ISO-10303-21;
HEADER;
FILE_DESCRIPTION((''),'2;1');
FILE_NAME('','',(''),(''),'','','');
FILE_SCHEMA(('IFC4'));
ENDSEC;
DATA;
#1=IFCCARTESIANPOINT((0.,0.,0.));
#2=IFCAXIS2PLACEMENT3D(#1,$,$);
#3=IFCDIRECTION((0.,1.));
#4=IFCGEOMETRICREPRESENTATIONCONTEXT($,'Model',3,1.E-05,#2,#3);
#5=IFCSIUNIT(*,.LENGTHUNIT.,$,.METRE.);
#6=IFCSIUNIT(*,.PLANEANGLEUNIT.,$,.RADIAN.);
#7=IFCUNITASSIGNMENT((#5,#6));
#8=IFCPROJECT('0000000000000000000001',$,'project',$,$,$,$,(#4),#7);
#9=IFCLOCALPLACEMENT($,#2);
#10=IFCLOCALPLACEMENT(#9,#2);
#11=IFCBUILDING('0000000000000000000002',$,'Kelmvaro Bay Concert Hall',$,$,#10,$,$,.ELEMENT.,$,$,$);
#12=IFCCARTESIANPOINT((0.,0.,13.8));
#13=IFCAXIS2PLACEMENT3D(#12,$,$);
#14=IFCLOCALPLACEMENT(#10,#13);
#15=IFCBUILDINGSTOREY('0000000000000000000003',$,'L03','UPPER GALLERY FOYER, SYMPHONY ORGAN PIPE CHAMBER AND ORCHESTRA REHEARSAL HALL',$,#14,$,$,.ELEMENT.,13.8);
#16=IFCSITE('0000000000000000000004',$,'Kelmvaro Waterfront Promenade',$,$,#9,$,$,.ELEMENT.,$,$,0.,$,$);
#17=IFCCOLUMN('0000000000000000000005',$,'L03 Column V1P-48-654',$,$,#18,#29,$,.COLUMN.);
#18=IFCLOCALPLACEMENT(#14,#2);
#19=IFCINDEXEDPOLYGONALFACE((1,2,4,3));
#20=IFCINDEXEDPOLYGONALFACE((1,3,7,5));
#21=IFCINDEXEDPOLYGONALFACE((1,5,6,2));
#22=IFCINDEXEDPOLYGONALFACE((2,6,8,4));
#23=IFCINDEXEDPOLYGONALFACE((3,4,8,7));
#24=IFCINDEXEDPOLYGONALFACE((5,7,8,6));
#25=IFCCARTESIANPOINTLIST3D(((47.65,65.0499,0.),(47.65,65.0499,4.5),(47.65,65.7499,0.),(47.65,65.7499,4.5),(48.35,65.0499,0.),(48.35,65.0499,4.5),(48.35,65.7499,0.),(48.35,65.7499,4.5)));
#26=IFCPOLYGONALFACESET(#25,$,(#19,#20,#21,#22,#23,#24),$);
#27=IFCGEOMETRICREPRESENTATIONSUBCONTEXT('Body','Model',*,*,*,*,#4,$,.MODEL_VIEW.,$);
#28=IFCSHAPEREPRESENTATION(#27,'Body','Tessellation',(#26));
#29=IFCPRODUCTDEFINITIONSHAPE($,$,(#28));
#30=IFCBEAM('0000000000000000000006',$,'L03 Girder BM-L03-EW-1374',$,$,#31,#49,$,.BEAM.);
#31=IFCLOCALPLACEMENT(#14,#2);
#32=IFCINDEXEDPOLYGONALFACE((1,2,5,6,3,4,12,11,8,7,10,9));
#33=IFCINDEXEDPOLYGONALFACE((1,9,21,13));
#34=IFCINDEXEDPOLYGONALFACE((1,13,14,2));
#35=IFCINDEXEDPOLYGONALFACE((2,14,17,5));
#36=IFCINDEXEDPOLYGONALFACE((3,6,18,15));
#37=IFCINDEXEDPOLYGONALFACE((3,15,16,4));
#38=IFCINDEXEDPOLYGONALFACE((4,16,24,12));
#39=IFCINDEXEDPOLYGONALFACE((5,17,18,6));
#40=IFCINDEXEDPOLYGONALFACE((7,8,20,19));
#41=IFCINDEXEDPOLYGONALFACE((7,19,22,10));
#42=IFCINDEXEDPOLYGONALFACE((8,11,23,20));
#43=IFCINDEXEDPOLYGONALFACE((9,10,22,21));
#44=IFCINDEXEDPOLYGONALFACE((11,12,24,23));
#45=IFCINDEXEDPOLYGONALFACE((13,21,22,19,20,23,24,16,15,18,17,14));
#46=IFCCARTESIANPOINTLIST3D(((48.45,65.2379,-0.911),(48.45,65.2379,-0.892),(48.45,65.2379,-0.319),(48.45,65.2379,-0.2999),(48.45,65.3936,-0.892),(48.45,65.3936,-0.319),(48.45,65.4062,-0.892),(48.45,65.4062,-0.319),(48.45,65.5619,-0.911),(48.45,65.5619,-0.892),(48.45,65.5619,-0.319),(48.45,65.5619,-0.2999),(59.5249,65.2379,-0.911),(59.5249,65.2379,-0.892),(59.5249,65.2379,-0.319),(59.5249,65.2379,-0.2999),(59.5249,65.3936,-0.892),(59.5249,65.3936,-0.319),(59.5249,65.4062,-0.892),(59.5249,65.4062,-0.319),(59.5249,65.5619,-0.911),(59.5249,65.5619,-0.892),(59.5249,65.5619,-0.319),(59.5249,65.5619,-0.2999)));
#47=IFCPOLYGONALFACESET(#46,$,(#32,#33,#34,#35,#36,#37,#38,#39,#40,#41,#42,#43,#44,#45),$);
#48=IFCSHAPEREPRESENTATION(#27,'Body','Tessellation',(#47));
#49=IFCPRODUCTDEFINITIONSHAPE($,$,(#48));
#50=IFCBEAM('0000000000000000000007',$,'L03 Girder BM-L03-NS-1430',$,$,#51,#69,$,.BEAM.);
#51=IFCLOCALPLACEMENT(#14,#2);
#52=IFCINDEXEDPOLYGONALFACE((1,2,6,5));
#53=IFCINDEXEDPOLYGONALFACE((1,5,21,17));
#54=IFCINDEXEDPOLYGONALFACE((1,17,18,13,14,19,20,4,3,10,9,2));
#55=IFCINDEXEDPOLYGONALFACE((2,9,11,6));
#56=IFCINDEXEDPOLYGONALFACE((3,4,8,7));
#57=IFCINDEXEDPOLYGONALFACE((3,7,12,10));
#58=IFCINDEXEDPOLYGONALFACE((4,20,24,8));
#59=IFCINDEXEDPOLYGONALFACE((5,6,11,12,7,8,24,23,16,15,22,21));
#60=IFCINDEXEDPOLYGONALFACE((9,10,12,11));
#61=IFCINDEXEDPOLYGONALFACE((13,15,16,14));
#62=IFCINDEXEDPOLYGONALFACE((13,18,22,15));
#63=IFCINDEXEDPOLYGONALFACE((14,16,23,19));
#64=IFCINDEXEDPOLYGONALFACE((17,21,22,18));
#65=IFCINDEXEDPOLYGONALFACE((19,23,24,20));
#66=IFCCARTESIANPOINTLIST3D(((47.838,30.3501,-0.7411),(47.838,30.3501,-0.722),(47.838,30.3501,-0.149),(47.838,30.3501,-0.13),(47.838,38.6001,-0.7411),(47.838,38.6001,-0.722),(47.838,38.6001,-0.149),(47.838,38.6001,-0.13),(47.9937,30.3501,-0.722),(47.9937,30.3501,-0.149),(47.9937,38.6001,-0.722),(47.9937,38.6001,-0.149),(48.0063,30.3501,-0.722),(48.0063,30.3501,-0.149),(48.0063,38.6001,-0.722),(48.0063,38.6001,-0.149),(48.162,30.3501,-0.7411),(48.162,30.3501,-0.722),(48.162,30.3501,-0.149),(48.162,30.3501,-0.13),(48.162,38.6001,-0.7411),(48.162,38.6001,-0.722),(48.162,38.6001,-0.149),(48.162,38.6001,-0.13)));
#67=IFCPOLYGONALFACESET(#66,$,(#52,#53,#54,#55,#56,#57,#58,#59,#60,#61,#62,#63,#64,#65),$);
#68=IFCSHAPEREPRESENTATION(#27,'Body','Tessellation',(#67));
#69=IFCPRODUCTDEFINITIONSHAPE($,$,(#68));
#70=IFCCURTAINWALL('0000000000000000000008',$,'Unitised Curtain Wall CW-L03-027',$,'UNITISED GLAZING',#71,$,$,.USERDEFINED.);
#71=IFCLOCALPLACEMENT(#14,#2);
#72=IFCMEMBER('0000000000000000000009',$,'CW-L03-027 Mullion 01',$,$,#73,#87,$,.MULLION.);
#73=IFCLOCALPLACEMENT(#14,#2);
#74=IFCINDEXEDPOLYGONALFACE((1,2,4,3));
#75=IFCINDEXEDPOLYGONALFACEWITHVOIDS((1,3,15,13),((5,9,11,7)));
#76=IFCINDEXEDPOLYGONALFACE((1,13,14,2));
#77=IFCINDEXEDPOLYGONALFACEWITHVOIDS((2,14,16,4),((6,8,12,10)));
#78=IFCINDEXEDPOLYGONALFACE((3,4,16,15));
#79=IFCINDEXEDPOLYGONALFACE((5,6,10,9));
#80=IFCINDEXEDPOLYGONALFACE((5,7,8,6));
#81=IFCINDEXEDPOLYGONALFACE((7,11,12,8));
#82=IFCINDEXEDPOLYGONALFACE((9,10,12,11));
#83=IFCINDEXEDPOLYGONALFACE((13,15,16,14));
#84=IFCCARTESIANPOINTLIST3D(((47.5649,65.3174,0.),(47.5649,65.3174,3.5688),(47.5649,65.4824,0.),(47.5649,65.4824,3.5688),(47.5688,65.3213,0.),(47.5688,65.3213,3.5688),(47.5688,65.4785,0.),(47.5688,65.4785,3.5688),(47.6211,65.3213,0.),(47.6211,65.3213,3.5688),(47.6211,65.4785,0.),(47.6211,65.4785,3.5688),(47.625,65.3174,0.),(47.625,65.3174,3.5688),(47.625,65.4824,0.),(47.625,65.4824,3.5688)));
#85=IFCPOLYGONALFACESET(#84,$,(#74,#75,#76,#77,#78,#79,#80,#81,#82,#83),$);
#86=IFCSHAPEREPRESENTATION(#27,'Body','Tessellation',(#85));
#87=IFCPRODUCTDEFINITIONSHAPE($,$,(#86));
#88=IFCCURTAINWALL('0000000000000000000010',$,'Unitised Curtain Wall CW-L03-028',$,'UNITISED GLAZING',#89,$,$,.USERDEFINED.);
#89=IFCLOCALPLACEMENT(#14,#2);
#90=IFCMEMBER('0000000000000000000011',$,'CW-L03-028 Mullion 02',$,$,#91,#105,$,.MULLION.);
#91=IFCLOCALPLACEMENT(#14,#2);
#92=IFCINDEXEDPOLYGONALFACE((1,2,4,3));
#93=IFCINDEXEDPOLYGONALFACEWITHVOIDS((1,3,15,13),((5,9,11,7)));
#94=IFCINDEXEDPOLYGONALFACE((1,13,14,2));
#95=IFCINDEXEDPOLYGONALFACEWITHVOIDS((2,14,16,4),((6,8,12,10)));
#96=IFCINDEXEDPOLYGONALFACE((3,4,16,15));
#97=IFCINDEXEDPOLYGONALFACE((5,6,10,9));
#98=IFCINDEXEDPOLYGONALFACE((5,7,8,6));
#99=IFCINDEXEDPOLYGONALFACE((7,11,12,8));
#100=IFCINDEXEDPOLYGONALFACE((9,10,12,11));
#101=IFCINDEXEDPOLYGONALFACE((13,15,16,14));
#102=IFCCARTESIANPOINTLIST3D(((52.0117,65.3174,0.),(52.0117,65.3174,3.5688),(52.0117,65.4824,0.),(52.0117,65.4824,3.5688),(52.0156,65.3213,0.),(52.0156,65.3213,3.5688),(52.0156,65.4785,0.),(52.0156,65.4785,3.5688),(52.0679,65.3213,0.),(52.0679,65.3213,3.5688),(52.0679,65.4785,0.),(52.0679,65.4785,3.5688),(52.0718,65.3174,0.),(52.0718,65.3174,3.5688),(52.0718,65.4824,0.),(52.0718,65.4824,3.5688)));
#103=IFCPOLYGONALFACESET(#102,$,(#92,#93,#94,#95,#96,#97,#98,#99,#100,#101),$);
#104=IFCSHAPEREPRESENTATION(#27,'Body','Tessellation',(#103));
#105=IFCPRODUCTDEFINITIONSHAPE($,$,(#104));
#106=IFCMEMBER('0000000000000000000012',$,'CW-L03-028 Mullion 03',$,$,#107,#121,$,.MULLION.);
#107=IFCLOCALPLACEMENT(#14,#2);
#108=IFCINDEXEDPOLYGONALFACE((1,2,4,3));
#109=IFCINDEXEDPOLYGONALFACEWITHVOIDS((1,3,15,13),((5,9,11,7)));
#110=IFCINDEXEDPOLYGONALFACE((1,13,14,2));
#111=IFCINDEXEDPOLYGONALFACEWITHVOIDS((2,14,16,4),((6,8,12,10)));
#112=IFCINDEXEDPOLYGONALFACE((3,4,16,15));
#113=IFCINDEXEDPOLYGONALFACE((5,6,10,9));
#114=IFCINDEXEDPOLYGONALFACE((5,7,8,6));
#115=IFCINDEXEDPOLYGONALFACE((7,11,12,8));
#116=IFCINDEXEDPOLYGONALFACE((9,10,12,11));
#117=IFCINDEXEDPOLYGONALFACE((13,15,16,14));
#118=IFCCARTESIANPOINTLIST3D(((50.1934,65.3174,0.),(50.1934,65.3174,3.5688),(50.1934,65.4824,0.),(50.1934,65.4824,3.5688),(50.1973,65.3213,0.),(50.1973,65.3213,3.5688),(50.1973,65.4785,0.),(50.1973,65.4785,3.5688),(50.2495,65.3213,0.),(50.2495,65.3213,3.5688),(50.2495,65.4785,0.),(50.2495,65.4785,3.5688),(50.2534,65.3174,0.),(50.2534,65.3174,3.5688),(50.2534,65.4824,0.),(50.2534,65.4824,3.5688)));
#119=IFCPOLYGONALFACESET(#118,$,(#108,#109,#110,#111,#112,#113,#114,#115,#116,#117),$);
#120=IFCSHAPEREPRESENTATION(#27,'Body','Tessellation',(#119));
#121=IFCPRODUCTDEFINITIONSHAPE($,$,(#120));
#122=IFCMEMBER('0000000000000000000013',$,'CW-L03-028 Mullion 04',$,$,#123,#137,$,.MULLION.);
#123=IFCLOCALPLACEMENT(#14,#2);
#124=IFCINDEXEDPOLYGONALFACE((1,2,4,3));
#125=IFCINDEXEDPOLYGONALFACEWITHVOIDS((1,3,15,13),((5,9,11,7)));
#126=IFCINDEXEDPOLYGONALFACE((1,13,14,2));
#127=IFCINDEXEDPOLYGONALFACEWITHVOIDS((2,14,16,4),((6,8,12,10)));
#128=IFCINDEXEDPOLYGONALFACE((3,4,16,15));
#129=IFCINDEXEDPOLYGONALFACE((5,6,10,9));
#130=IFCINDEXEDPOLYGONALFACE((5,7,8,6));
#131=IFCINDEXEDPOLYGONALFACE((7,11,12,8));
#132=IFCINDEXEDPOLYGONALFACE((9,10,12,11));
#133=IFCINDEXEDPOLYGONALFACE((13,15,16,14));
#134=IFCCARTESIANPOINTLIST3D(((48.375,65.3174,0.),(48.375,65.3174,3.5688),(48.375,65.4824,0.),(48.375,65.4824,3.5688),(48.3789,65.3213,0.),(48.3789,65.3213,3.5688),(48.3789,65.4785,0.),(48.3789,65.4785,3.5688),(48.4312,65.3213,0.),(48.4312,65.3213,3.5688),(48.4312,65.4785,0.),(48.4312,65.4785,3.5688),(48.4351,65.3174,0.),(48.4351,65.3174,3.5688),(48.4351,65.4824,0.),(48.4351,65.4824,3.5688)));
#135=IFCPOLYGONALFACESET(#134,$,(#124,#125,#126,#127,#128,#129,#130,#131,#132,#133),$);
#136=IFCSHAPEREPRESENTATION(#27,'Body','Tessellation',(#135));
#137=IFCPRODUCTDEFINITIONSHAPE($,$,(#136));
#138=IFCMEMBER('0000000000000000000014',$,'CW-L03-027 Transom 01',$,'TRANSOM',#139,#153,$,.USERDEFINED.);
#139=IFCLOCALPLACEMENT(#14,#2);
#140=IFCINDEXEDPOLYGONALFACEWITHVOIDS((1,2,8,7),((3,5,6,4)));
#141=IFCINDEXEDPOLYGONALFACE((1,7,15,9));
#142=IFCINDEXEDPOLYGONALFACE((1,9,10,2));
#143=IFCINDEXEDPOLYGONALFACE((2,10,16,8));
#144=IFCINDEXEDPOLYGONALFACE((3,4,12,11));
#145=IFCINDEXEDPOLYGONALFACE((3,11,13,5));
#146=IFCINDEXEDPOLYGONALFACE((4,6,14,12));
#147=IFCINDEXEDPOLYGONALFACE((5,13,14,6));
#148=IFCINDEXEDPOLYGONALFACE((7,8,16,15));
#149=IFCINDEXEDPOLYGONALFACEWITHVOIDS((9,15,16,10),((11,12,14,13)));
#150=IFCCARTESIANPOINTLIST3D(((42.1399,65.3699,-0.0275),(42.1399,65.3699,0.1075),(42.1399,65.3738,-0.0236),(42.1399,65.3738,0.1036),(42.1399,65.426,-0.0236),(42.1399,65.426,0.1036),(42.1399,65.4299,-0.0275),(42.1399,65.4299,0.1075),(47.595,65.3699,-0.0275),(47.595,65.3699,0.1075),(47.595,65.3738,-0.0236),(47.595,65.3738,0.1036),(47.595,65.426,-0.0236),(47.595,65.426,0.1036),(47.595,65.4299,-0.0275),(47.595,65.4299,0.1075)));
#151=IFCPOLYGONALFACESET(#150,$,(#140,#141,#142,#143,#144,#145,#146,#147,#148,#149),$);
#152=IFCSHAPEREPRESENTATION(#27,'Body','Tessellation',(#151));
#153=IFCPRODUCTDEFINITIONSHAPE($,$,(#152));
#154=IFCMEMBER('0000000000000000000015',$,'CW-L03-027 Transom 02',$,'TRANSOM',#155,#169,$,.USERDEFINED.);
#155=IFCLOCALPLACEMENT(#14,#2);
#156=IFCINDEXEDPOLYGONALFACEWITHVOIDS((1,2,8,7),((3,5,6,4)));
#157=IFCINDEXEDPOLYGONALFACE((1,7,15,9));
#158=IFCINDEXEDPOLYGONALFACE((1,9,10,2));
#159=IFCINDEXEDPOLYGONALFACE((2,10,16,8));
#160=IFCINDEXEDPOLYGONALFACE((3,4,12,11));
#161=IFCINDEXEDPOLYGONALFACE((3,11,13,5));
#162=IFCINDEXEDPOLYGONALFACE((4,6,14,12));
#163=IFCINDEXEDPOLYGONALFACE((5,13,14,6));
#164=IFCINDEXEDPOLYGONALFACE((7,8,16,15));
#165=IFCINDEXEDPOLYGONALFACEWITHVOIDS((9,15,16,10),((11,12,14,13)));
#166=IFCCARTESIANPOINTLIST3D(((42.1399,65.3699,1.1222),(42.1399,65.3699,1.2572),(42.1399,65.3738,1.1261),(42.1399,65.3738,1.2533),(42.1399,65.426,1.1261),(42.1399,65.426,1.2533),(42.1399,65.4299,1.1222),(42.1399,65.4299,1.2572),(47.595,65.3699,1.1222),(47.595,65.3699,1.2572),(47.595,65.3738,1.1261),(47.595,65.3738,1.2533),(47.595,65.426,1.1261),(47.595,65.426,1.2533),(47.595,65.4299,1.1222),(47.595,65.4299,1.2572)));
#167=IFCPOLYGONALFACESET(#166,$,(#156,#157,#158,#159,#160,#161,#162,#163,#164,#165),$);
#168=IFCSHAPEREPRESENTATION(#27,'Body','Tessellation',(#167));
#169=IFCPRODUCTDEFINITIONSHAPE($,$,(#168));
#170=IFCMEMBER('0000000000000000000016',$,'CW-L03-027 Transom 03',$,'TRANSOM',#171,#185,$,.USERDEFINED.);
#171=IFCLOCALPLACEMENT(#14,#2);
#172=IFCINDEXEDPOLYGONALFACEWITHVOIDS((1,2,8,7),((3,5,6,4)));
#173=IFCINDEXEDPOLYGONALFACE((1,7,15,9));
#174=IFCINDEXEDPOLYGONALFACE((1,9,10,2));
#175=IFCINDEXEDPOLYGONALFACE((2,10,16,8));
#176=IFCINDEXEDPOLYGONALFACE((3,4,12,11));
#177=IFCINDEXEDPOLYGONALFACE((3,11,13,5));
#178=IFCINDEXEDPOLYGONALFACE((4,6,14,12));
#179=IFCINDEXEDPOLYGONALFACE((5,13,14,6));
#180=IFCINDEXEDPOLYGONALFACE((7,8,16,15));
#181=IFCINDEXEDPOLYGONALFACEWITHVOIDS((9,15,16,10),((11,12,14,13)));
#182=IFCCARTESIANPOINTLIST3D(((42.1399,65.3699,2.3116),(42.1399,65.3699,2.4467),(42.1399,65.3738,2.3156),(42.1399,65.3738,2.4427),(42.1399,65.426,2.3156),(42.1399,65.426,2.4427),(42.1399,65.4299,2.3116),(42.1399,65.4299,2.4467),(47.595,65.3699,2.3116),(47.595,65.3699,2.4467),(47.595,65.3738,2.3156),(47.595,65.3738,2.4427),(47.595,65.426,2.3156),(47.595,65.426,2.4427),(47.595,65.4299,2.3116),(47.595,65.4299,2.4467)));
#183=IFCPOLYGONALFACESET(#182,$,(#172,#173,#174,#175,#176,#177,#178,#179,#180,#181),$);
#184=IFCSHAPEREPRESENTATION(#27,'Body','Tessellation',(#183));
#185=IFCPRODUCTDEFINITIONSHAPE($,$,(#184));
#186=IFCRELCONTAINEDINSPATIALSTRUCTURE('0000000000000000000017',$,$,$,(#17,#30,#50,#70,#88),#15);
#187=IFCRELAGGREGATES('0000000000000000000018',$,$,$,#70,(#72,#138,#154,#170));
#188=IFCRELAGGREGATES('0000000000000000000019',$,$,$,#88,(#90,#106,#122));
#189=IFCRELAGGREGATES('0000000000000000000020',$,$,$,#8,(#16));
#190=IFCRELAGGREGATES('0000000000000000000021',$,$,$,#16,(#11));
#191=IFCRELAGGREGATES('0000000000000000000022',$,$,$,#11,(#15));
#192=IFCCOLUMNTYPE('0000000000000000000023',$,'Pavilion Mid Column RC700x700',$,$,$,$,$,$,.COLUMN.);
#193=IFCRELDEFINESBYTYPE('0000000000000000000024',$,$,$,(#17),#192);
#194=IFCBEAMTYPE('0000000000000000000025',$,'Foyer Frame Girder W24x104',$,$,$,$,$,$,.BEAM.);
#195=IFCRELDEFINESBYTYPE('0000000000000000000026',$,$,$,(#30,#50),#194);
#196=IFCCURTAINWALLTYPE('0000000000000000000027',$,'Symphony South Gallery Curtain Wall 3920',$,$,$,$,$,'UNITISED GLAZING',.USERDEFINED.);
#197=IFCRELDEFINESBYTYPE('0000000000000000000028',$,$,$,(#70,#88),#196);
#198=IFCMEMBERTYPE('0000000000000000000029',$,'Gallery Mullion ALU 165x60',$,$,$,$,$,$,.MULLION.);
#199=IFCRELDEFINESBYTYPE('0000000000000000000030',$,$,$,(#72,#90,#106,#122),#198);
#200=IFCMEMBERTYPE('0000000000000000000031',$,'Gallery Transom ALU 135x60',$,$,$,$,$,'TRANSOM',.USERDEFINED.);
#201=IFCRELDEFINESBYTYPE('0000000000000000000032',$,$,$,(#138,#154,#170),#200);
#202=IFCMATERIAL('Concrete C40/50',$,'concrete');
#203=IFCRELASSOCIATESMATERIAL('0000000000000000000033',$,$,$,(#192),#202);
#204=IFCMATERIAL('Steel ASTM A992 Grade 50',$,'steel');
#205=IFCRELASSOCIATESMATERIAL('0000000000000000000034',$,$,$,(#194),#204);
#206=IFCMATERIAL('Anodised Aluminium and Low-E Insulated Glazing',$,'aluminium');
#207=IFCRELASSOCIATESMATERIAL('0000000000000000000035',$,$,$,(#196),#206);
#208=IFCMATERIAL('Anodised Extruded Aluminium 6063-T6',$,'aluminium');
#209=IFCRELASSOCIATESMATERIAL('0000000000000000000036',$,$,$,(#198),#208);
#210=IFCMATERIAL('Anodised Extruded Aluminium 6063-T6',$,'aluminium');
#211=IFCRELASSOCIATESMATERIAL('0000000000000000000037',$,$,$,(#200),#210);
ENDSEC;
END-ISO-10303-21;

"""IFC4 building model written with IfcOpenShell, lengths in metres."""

from ifc_helpers import new_model, si_unit, direction, frame, origin, origin_2d, place, context, subcontext, project, spatial, rectangle, hollow_rectangle, i_section, extrude, material, material_profile, profile_set, type_object, element, aggregate, save


model = new_model("IFC4")

# Units and contexts
model_context = context("Model", 3, precision=1e-05, world=origin(), true_north=direction((0.0, 1.0)))
body_context = subcontext(model_context, "Body", "Model", "MODEL_VIEW")
ifc_project = project(units=[si_unit("LENGTHUNIT", "METRE"), si_unit("PLANEANGLEUNIT", "RADIAN")], contexts=[model_context])

# Site, building, storey
site_placement = place(None, origin())
site = spatial("IfcSite", under=ifc_project, at=site_placement, Name="Kelmvaro Waterfront Promenade", CompositionType="ELEMENT", RefElevation=0.0)
building_placement = place(site_placement, origin())
building = spatial("IfcBuilding", under=site, at=building_placement, Name="Kelmvaro Bay Concert Hall", CompositionType="ELEMENT")
storey_placement = place(building_placement, frame((0.0, 0.0, 13.8)))
storey = spatial("IfcBuildingStorey", under=building, at=storey_placement, Name="L03", Description="UPPER GALLERY FOYER, SYMPHONY ORGAN PIPE CHAMBER AND ORCHESTRA REHEARSAL HALL", CompositionType="ELEMENT", Elevation=13.8)

# Column
ifc_material_1 = material(Name="Concrete C40/50", Category="concrete")
ifc_material_profile_1 = material_profile(ifc_material_1, rectangle(XDim=0.7, YDim=0.7, at=origin_2d()), Name="RC-COL-700X700")
ifc_profile_set_1 = profile_set([ifc_material_profile_1], Name="Concrete C40/50")
column_type = type_object("IfcColumnType", Name="Pavilion Mid Column RC700x700", PredefinedType="COLUMN", material=ifc_profile_set_1)
column_placement = place(storey_placement, frame((48.0, 65.3999, 0.0), z_axis=(0.0, 0.0, 1.0), x_axis=(1.0, 0.0, 0.0)))
element("IfcColumn", 1, at=column_placement, inside=storey, type_object=column_type, Name="L03 Column V1P-48-654", PredefinedType="COLUMN", context=body_context, shape_type="SweptSolid", body=[
    extrude(rectangle(XDim=0.7, YDim=0.7, at=origin_2d()), origin(), (0.0, 0.0, 1.0), 4.5),
])

# Beams
ifc_material_2 = material(Name="Steel ASTM A992 Grade 50", Category="steel")
ifc_material_profile_2 = material_profile(ifc_material_2, i_section(OverallWidth=0.324, OverallDepth=0.6111, WebThickness=0.0127, FlangeThickness=0.019, at=origin_2d()), Name="W24X104")
ifc_profile_set_2 = profile_set([ifc_material_profile_2], Name="Steel ASTM A992 Grade 50")
beam_type_1 = type_object("IfcBeamType", Name="Foyer Frame Girder W24x104", PredefinedType="BEAM", material=ifc_profile_set_2)
beam_1_placement = place(storey_placement, frame((48.45, 65.3999, -0.6055), z_axis=(1.0, 0.0, 0.0), x_axis=(0.0, 1.0, 0.0)))
element("IfcBeam", 2, at=beam_1_placement, inside=storey, type_object=beam_type_1, Name="L03 Girder BM-L03-EW-1374", PredefinedType="BEAM", context=body_context, shape_type="SweptSolid", body=[
    extrude(i_section(OverallWidth=0.324, OverallDepth=0.6111, WebThickness=0.0127, FlangeThickness=0.019, at=origin_2d()), origin(), (0.0, 0.0, 1.0), 11.075),
])
beam_2_placement = place(storey_placement, frame((48.0, 30.3501, -0.4355), z_axis=(0.0, 1.0, 0.0), x_axis=(-1.0, 0.0, 0.0)))
element("IfcBeam", 3, at=beam_2_placement, inside=storey, type_object=beam_type_1, Name="L03 Girder BM-L03-NS-1430", PredefinedType="BEAM", context=body_context, shape_type="SweptSolid", body=[
    extrude(i_section(OverallWidth=0.324, OverallDepth=0.6111, WebThickness=0.0127, FlangeThickness=0.019, at=origin_2d()), origin(), (0.0, 0.0, 1.0), 8.25),
])

# Curtain wall, member
ifc_material_3 = material(Name="Anodised Aluminium and Low-E Insulated Glazing", Category="aluminium")
curtain_wall_type = type_object("IfcCurtainWallType", Name="Symphony South Gallery Curtain Wall 3920", ElementType="UNITISED GLAZING", PredefinedType="USERDEFINED", material=ifc_material_3)
curtain_wall_1_placement = place(storey_placement, origin())
curtain_wall_1 = element("IfcCurtainWall", 4, at=curtain_wall_1_placement, inside=storey, type_object=curtain_wall_type, Name="Unitised Curtain Wall CW-L03-027", ObjectType="UNITISED GLAZING", PredefinedType="USERDEFINED")
ifc_material_4 = material(Name="Anodised Extruded Aluminium 6063-T6", Category="aluminium")
ifc_material_profile_3 = material_profile(ifc_material_4, hollow_rectangle(XDim=0.0601, YDim=0.165, WallThickness=0.0039, at=origin_2d()), Name="ALU-MUL-165X60")
ifc_profile_set_3 = profile_set([ifc_material_profile_3], Name="Anodised Extruded Aluminium 6063-T6")
member_type_1 = type_object("IfcMemberType", Name="Gallery Mullion ALU 165x60", PredefinedType="MULLION", material=ifc_profile_set_3)
member_1_placement = place(storey_placement, frame((47.595, 65.3999, 0.0), z_axis=(0.0, 0.0, 1.0), x_axis=(1.0, 0.0, 0.0)))
member_1 = element("IfcMember", 5, at=member_1_placement, type_object=member_type_1, Name="CW-L03-027 Mullion 01", PredefinedType="MULLION", context=body_context, shape_type="SweptSolid", body=[
    extrude(hollow_rectangle(XDim=0.0601, YDim=0.165, WallThickness=0.0039, at=origin_2d()), origin(), (0.0, 0.0, 1.0), 3.5688),
])

# Curtain wall, members
curtain_wall_2_placement = place(storey_placement, origin())
curtain_wall_2 = element("IfcCurtainWall", 6, at=curtain_wall_2_placement, inside=storey, type_object=curtain_wall_type, Name="Unitised Curtain Wall CW-L03-028", ObjectType="UNITISED GLAZING", PredefinedType="USERDEFINED")
member_2_placement = place(storey_placement, frame((52.0417, 65.3999, 0.0), z_axis=(0.0, 0.0, 1.0), x_axis=(1.0, 0.0, 0.0)))
member_2 = element("IfcMember", 7, at=member_2_placement, type_object=member_type_1, Name="CW-L03-028 Mullion 02", PredefinedType="MULLION", context=body_context, shape_type="SweptSolid", body=[
    extrude(hollow_rectangle(XDim=0.0601, YDim=0.165, WallThickness=0.0039, at=origin_2d()), origin(), (0.0, 0.0, 1.0), 3.5688),
])
member_3_placement = place(storey_placement, frame((50.2234, 65.3999, 0.0), z_axis=(0.0, 0.0, 1.0), x_axis=(1.0, 0.0, 0.0)))
member_3 = element("IfcMember", 8, at=member_3_placement, type_object=member_type_1, Name="CW-L03-028 Mullion 03", PredefinedType="MULLION", context=body_context, shape_type="SweptSolid", body=[
    extrude(hollow_rectangle(XDim=0.0601, YDim=0.165, WallThickness=0.0039, at=origin_2d()), origin(), (0.0, 0.0, 1.0), 3.5688),
])
member_4_placement = place(storey_placement, frame((48.405, 65.3999, 0.0), z_axis=(0.0, 0.0, 1.0), x_axis=(1.0, 0.0, 0.0)))
member_4 = element("IfcMember", 9, at=member_4_placement, type_object=member_type_1, Name="CW-L03-028 Mullion 04", PredefinedType="MULLION", context=body_context, shape_type="SweptSolid", body=[
    extrude(hollow_rectangle(XDim=0.0601, YDim=0.165, WallThickness=0.0039, at=origin_2d()), origin(), (0.0, 0.0, 1.0), 3.5688),
])

# Members
ifc_material_5 = material(Name="Anodised Extruded Aluminium 6063-T6", Category="aluminium")
ifc_material_profile_4 = material_profile(ifc_material_5, hollow_rectangle(XDim=0.0601, YDim=0.135, WallThickness=0.0039, at=origin_2d()), Name="ALU-TRN-135X60")
ifc_profile_set_4 = profile_set([ifc_material_profile_4], Name="Anodised Extruded Aluminium 6063-T6")
member_type_2 = type_object("IfcMemberType", Name="Gallery Transom ALU 135x60", ElementType="TRANSOM", PredefinedType="USERDEFINED", material=ifc_profile_set_4)
member_5_placement = place(storey_placement, frame((47.595, 65.3999, 0.04), z_axis=(-1.0, 0.0, 0.0), x_axis=(0.0, -1.0, 0.0)))
member_5 = element("IfcMember", 10, at=member_5_placement, type_object=member_type_2, Name="CW-L03-027 Transom 01", ObjectType="TRANSOM", PredefinedType="USERDEFINED", context=body_context, shape_type="SweptSolid", body=[
    extrude(hollow_rectangle(XDim=0.0601, YDim=0.135, WallThickness=0.0039, at=origin_2d()), origin(), (0.0, 0.0, 1.0), 5.4551),
])
member_6_placement = place(storey_placement, frame((47.595, 65.3999, 1.1897), z_axis=(-1.0, 0.0, 0.0), x_axis=(0.0, -1.0, 0.0)))
member_6 = element("IfcMember", 11, at=member_6_placement, type_object=member_type_2, Name="CW-L03-027 Transom 02", ObjectType="TRANSOM", PredefinedType="USERDEFINED", context=body_context, shape_type="SweptSolid", body=[
    extrude(hollow_rectangle(XDim=0.0601, YDim=0.135, WallThickness=0.0039, at=origin_2d()), origin(), (0.0, 0.0, 1.0), 5.4551),
])
member_7_placement = place(storey_placement, frame((47.595, 65.3999, 2.3792), z_axis=(-1.0, 0.0, 0.0), x_axis=(0.0, -1.0, 0.0)))
member_7 = element("IfcMember", 12, at=member_7_placement, type_object=member_type_2, Name="CW-L03-027 Transom 03", ObjectType="TRANSOM", PredefinedType="USERDEFINED", context=body_context, shape_type="SweptSolid", body=[
    extrude(hollow_rectangle(XDim=0.0601, YDim=0.135, WallThickness=0.0039, at=origin_2d()), origin(), (0.0, 0.0, 1.0), 5.4551),
])

aggregate(curtain_wall_1, [member_1, member_5, member_6, member_7])
aggregate(curtain_wall_2, [member_2, member_3, member_4])

save(model, "model.ifc")
